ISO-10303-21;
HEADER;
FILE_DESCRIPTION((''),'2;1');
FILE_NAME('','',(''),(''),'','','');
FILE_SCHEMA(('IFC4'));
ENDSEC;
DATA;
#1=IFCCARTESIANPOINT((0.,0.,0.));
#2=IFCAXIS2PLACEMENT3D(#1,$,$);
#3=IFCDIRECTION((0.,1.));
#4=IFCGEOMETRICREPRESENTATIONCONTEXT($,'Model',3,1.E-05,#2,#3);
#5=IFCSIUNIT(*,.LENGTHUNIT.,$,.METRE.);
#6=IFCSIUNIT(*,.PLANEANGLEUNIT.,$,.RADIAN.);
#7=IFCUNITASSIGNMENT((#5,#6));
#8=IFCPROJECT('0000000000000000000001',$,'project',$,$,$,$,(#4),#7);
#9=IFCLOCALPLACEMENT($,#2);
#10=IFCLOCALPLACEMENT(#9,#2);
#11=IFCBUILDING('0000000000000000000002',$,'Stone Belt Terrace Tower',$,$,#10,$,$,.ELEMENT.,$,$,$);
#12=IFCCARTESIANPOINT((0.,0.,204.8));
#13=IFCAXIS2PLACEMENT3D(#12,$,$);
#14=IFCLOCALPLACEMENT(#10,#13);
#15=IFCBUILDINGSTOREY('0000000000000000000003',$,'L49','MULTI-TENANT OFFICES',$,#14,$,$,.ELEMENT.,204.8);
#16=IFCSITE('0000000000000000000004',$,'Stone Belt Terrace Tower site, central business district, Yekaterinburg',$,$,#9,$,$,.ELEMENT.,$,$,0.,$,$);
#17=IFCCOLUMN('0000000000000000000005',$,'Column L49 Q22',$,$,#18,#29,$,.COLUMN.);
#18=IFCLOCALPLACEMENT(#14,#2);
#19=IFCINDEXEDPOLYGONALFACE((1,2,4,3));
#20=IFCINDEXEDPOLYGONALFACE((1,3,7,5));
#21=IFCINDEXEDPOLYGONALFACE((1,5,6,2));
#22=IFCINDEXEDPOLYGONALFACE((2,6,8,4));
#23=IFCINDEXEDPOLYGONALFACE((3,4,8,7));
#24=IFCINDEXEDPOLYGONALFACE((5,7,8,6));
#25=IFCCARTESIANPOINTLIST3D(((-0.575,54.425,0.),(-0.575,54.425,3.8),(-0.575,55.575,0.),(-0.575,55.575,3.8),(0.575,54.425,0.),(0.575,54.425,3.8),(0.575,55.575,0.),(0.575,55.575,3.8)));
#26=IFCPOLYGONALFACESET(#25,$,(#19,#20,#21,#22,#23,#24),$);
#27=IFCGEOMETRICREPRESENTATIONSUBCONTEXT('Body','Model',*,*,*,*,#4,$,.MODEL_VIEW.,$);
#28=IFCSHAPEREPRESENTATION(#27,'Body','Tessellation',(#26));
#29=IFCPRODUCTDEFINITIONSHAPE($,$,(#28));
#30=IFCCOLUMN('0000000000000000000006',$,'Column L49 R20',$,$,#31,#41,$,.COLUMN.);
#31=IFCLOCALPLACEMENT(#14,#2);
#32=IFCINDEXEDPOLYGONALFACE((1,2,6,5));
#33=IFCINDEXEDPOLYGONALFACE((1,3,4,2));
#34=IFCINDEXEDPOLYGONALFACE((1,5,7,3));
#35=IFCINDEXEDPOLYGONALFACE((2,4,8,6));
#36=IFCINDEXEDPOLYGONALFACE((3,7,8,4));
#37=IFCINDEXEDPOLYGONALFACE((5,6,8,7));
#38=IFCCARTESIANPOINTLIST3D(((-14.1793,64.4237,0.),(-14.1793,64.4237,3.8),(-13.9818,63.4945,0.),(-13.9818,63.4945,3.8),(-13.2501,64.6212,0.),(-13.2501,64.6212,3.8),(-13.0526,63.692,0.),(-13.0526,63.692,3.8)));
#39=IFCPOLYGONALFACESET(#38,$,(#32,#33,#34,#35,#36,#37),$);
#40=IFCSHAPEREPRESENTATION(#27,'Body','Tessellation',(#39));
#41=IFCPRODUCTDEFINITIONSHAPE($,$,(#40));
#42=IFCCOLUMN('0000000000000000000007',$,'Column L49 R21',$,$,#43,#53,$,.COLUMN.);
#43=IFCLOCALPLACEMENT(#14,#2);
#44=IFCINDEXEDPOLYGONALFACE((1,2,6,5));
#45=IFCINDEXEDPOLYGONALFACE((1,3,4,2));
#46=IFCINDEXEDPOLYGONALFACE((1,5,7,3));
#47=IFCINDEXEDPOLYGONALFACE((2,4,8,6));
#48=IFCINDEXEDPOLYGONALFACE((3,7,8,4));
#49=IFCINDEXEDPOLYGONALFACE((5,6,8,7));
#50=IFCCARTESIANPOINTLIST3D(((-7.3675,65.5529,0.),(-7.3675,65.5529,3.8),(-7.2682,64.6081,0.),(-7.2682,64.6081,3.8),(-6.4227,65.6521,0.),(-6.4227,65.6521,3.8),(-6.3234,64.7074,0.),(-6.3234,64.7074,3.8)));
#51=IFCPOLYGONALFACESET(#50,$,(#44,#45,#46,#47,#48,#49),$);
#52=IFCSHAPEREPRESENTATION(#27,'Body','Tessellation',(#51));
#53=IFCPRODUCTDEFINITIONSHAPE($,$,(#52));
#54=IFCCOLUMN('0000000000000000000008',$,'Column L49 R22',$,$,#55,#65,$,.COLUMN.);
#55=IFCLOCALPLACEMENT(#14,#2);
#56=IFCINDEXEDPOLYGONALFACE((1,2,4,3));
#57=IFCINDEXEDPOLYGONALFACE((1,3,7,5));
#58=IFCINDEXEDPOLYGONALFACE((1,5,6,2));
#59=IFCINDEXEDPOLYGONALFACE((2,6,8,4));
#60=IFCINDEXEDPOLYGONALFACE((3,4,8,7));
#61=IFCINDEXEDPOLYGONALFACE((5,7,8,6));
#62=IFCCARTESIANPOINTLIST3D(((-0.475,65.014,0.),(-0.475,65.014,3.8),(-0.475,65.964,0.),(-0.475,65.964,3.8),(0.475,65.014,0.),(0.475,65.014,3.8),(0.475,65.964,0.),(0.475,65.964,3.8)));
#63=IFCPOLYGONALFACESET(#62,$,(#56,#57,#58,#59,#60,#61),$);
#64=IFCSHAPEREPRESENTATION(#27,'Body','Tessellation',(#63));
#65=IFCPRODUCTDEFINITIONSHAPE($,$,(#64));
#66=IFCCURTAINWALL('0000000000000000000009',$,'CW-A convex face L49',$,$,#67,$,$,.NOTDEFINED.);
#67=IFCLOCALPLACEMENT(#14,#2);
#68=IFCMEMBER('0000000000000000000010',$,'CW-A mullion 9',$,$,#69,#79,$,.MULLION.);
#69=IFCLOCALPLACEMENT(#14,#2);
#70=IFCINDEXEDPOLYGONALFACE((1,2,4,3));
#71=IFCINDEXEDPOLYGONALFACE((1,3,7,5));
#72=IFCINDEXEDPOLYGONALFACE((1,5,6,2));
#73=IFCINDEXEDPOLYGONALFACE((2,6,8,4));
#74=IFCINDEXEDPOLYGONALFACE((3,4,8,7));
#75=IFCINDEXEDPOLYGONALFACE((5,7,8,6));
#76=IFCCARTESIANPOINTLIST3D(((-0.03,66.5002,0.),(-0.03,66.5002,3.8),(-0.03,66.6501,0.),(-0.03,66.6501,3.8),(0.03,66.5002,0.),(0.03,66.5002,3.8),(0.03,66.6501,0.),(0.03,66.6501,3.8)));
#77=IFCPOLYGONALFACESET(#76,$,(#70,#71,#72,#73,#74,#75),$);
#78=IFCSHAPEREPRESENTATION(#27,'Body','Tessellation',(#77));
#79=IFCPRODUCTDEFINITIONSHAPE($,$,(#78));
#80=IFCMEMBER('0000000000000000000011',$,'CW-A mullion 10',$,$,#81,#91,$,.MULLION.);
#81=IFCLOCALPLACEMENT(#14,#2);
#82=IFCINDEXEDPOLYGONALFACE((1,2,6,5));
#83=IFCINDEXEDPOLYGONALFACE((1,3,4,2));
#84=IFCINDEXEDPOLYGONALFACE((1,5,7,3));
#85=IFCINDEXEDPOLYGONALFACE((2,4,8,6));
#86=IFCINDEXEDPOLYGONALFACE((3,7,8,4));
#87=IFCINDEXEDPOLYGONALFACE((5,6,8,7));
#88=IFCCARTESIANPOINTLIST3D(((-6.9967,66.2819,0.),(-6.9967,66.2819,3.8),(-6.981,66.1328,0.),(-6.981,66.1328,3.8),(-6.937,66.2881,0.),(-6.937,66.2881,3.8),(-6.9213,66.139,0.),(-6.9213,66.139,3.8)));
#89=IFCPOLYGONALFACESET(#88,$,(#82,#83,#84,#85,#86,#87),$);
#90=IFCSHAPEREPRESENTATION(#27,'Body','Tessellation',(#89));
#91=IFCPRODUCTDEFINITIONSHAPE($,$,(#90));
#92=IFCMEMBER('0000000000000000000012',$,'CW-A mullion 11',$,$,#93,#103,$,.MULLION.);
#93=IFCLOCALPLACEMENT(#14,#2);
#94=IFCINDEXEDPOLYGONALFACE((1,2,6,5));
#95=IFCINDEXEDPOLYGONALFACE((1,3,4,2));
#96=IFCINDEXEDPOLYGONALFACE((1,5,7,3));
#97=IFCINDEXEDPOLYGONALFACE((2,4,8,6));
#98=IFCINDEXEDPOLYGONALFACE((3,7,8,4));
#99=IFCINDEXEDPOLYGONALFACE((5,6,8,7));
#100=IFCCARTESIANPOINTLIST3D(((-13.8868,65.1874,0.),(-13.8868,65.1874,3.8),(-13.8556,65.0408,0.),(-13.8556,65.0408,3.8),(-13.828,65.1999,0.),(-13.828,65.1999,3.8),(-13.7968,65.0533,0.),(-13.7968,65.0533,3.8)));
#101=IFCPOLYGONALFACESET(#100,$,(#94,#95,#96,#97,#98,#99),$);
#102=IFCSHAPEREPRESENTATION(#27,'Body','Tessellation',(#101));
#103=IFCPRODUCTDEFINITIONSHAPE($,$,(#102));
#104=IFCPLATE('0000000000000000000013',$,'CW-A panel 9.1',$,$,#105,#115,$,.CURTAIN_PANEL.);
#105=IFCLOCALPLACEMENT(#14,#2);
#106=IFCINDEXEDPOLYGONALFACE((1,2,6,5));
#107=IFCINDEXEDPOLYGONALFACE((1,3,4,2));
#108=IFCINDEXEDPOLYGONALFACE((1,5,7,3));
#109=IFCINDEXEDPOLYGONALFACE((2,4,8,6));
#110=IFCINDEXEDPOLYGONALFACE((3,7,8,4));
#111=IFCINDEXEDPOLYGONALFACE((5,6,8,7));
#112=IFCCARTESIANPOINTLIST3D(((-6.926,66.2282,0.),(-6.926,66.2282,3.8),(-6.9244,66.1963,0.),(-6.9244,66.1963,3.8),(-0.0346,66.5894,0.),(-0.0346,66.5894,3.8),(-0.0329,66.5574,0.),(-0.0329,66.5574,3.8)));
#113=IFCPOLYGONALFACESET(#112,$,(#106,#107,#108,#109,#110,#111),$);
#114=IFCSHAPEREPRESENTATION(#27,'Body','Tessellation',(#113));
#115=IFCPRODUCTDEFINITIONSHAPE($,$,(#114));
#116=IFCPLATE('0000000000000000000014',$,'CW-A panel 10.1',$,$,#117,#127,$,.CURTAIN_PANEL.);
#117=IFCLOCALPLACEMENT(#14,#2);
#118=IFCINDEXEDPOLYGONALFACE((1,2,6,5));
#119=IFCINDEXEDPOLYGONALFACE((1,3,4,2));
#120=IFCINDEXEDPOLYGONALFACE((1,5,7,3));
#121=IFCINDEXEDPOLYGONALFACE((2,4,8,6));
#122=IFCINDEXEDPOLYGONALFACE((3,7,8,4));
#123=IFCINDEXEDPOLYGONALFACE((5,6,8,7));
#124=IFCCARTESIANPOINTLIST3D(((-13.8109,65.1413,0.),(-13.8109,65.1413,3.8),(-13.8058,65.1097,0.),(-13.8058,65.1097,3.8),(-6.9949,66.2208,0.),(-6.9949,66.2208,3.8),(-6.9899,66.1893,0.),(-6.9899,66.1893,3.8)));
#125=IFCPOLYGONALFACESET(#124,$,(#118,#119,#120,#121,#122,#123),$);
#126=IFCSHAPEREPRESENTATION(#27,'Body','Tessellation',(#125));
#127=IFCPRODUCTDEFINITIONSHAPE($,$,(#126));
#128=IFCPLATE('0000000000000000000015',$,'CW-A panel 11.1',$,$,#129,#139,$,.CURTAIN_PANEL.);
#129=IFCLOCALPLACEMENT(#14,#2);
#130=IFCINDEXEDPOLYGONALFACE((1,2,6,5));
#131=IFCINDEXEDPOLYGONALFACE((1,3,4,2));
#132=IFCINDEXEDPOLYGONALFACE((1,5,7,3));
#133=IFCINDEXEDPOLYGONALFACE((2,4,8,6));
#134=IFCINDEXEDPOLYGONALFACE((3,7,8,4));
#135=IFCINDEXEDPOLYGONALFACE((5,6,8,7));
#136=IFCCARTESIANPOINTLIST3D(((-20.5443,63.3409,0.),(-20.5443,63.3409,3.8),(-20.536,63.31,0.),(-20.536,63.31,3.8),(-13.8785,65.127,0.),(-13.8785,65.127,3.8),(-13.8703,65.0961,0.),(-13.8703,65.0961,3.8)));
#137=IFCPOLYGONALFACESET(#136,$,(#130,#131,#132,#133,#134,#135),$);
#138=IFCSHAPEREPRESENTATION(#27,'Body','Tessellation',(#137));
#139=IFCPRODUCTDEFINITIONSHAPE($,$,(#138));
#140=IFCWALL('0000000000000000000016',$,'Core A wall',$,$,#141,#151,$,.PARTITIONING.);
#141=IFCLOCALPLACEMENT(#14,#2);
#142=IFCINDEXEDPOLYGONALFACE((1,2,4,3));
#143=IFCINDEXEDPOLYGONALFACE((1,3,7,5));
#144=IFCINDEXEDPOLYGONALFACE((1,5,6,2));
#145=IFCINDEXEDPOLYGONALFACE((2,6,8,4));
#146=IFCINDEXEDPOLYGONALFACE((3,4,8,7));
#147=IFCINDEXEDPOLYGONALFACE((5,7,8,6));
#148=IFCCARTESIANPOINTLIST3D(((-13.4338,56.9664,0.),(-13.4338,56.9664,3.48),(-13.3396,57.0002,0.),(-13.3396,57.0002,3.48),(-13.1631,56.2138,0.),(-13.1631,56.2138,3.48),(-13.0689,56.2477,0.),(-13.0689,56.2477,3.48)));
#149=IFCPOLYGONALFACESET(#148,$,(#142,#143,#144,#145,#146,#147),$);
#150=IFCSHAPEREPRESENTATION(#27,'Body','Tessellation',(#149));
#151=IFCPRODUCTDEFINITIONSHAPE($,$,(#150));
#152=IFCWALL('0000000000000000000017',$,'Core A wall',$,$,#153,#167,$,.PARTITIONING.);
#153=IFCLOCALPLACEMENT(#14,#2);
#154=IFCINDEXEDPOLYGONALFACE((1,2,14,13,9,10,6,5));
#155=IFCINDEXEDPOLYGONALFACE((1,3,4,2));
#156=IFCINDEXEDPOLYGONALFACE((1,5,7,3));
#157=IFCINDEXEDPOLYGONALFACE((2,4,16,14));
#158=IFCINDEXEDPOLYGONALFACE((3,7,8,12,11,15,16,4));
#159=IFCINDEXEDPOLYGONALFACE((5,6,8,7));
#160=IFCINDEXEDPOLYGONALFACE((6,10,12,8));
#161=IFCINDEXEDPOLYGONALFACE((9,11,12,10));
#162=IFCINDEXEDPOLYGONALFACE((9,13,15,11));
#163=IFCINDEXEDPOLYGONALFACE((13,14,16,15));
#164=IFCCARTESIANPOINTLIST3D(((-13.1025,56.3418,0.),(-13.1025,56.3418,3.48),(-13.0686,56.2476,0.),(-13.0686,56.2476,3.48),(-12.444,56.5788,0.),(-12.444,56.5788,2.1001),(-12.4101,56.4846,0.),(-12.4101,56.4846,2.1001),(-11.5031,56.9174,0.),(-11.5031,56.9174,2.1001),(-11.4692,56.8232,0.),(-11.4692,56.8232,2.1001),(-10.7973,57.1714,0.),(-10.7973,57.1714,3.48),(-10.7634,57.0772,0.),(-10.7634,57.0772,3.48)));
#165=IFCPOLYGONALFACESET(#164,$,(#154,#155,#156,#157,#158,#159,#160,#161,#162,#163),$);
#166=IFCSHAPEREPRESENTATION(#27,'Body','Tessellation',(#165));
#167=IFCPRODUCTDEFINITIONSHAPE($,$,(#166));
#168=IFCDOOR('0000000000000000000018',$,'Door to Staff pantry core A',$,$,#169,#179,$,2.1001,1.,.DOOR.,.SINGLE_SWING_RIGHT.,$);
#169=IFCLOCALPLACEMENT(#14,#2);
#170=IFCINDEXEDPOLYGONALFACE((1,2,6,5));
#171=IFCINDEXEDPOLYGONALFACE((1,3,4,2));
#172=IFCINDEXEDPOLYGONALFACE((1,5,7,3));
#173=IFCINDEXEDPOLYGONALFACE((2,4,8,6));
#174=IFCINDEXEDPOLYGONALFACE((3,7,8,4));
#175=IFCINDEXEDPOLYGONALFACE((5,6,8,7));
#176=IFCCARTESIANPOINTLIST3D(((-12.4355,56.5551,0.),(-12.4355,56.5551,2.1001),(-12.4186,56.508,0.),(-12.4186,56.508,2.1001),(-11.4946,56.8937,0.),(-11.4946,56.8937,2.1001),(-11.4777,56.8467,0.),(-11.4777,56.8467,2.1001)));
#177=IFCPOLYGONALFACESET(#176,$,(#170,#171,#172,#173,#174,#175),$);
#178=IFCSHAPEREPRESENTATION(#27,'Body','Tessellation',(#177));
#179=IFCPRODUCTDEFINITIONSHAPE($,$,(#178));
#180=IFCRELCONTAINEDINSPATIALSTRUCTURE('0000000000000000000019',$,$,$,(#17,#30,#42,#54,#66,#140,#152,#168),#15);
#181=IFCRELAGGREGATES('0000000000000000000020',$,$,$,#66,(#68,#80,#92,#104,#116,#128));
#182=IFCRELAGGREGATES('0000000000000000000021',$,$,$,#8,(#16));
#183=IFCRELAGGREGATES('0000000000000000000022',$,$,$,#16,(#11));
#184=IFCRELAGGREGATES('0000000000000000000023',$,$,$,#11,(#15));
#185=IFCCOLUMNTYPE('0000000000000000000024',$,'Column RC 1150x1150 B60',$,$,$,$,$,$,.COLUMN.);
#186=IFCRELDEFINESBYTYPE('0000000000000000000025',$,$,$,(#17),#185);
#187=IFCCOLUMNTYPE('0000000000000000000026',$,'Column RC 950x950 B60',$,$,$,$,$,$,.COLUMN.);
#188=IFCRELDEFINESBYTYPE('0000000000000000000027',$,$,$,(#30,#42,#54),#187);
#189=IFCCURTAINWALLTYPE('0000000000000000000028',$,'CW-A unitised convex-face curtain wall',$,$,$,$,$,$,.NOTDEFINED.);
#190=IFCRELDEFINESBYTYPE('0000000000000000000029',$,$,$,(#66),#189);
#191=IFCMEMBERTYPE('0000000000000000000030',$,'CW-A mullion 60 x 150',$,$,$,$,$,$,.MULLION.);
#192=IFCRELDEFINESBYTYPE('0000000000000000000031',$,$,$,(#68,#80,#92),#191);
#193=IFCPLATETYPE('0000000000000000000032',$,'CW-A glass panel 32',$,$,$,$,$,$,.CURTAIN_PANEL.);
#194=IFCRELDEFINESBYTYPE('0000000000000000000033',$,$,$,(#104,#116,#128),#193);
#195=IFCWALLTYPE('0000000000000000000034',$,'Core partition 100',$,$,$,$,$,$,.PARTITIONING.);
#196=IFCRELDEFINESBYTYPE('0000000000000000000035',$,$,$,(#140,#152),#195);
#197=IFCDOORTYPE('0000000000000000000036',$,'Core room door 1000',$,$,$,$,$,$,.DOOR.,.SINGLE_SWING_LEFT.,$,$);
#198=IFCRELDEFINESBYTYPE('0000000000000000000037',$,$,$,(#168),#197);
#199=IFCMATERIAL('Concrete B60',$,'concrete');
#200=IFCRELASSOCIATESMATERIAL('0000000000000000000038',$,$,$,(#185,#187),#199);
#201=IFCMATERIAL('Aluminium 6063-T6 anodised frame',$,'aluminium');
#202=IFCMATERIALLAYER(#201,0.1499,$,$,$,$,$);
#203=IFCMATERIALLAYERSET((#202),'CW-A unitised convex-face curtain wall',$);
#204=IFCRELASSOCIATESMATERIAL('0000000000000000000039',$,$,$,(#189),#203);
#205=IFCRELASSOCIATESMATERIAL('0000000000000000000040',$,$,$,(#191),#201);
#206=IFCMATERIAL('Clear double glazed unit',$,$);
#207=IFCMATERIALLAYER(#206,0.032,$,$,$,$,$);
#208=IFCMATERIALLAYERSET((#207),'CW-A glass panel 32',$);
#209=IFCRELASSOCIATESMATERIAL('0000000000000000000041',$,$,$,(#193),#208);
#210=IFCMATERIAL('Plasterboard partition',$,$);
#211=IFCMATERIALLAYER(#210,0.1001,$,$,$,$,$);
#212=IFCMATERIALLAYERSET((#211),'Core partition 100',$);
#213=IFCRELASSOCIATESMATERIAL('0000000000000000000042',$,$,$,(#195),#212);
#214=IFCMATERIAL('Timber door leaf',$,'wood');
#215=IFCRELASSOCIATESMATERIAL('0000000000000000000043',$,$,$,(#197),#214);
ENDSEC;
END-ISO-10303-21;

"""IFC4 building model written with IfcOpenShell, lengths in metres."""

from ifc_helpers import new_model, si_unit, direction, frame, frame_2d, origin, origin_2d, place, context, subcontext, project, spatial, rectangle, extrude, material, layer, layer_set, material_profile, profile_set, type_object, element, fill, aggregate, save


model = new_model("IFC4")

# Units and contexts
model_context = context("Model", 3, precision=1e-05, world=origin(), true_north=direction((0.0, 1.0)))
body_context = subcontext(model_context, "Body", "Model", "MODEL_VIEW")
ifc_project = project(units=[si_unit("LENGTHUNIT", "METRE"), si_unit("PLANEANGLEUNIT", "RADIAN")], contexts=[model_context])

# Site, building, storey
site_placement = place(None, origin())
site = spatial("IfcSite", under=ifc_project, at=site_placement, Name="Stone Belt Terrace Tower site, central business district, Yekaterinburg", CompositionType="ELEMENT", RefElevation=0.0)
building_placement = place(site_placement, origin())
building = spatial("IfcBuilding", under=site, at=building_placement, Name="Stone Belt Terrace Tower", CompositionType="ELEMENT")
storey_placement = place(building_placement, frame((0.0, 0.0, 204.8)))
storey = spatial("IfcBuildingStorey", under=building, at=storey_placement, Name="L49", Description="MULTI-TENANT OFFICES", CompositionType="ELEMENT", Elevation=204.8)

# Columns
ifc_material_1 = material(Name="Concrete B60", Category="concrete")
ifc_material_profile_1 = material_profile(ifc_material_1, rectangle(XDim=1.1499, YDim=1.1499, at=origin_2d()), Name="RC 1150x1150")
ifc_profile_set_1 = profile_set([ifc_material_profile_1], Name="Concrete B60")
column_type_1 = type_object("IfcColumnType", Name="Column RC 1150x1150 B60", PredefinedType="COLUMN", material=ifc_profile_set_1)
column_placement = place(storey_placement, frame((0.0, 55.0, 0.0), z_axis=(0.0, 0.0, 1.0), x_axis=(1.0, 0.0, 0.0)))
element("IfcColumn", 1, at=column_placement, inside=storey, type_object=column_type_1, Name="Column L49 Q22", PredefinedType="COLUMN", context=body_context, shape_type="SweptSolid", body=[
    extrude(rectangle(XDim=1.1499, YDim=1.1499, at=origin_2d()), origin(), (0.0, 0.0, 1.0), 3.8),
])
ifc_material_profile_2 = material_profile(ifc_material_1, rectangle(XDim=0.95, YDim=0.95, at=origin_2d()), Name="RC 950x950")
ifc_profile_set_2 = profile_set([ifc_material_profile_2], Name="Concrete B60")
column_type_2 = type_object("IfcColumnType", Name="Column RC 950x950 B60", PredefinedType="COLUMN", material=ifc_profile_set_2)
for number, where, z_axis, x_axis, name in (
    (2, (-13.616, 64.0579, 0.0), (0.0, 0.0, 1.0), (0.978148, 0.207912, 0.0), "Column L49 R20"),
    (3, (-6.8455, 65.1301, 0.0), (0.0, 0.0, 1.0), (0.994522, 0.104528, 0.0), "Column L49 R21"),
    (4, (0.0, 65.489, 0.0), (0.0, 0.0, 1.0), (1.0, 0.0, 0.0), "Column L49 R22"),
):
    element("IfcColumn", number, at=place(storey_placement, frame(where, z_axis=z_axis, x_axis=x_axis)), inside=storey, type_object=column_type_2, Name=name, PredefinedType="COLUMN", context=body_context, shape_type="SweptSolid", body=[
        extrude(rectangle(XDim=0.95, YDim=0.95, at=origin_2d()), origin(), (0.0, 0.0, 1.0), 3.8),
    ])

# Curtain wall, members, plates
ifc_material_2 = material(Name="Aluminium 6063-T6 anodised frame", Category="aluminium")
ifc_layer_1 = layer(ifc_material_2, 0.1499)
ifc_layer_set_1 = layer_set([ifc_layer_1], Name="CW-A unitised convex-face curtain wall")
curtain_wall_type = type_object("IfcCurtainWallType", Name="CW-A unitised convex-face curtain wall", PredefinedType="NOTDEFINED", material=ifc_layer_set_1)
curtain_wall_placement = place(storey_placement, origin())
curtain_wall = element("IfcCurtainWall", 5, at=curtain_wall_placement, inside=storey, type_object=curtain_wall_type, Name="CW-A convex face L49", PredefinedType="NOTDEFINED")
ifc_material_profile_3 = material_profile(ifc_material_2, rectangle(XDim=0.1499, YDim=0.0601, at=origin_2d()), Name="Aluminium 6063-T6 60x150")
ifc_profile_set_3 = profile_set([ifc_material_profile_3], Name="Aluminium 6063-T6 anodised frame")
member_type = type_object("IfcMemberType", Name="CW-A mullion 60 x 150", PredefinedType="MULLION", material=ifc_profile_set_3)
member_1_placement = place(storey_placement, frame((0.0, 66.5752, 0.0), z_axis=(0.0, 0.0, 1.0), x_axis=(0.0, -1.0, 0.0)))
member_1 = element("IfcMember", 6, at=member_1_placement, type_object=member_type, Name="CW-A mullion 9", PredefinedType="MULLION", context=body_context, shape_type="SweptSolid", body=[
    extrude(rectangle(XDim=0.1499, YDim=0.0601, at=origin_2d()), origin(), (0.0, 0.0, 1.0), 3.8),
])
member_2_placement = place(storey_placement, frame((-6.959, 66.2104, 0.0), z_axis=(0.0, 0.0, 1.0), x_axis=(0.104528, -0.994522, 0.0)))
member_2 = element("IfcMember", 7, at=member_2_placement, type_object=member_type, Name="CW-A mullion 10", PredefinedType="MULLION", context=body_context, shape_type="SweptSolid", body=[
    extrude(rectangle(XDim=0.1499, YDim=0.0601, at=origin_2d()), origin(), (0.0, 0.0, 1.0), 3.8),
])
member_3_placement = place(storey_placement, frame((-13.8418, 65.1204, 0.0), z_axis=(0.0, 0.0, 1.0), x_axis=(0.207912, -0.978148, 0.0)))
member_3 = element("IfcMember", 8, at=member_3_placement, type_object=member_type, Name="CW-A mullion 11", PredefinedType="MULLION", context=body_context, shape_type="SweptSolid", body=[
    extrude(rectangle(XDim=0.1499, YDim=0.0601, at=origin_2d()), origin(), (0.0, 0.0, 1.0), 3.8),
])
ifc_material_3 = material(Name="Clear double glazed unit")
ifc_layer_2 = layer(ifc_material_3, 0.032)
ifc_layer_set_2 = layer_set([ifc_layer_2], Name="CW-A glass panel 32")
plate_type = type_object("IfcPlateType", Name="CW-A glass panel 32", PredefinedType="CURTAIN_PANEL", material=ifc_layer_set_2)
plate_1_placement = place(storey_placement, frame((-3.4795, 66.3928, 0.0), z_axis=(0.0, 0.0, 1.0), x_axis=(-0.99863, -0.052336, 0.0)))
plate_1 = element("IfcPlate", 9, at=plate_1_placement, type_object=plate_type, Name="CW-A panel 9.1", PredefinedType="CURTAIN_PANEL", context=body_context, shape_type="SweptSolid", body=[
    extrude(rectangle(XDim=6.9009, YDim=0.032, at=origin_2d()), origin(), (0.0, 0.0, 1.0), 3.8),
])
plate_2_placement = place(storey_placement, frame((-10.4004, 65.6653, 0.0), z_axis=(0.0, 0.0, 1.0), x_axis=(-0.987688, -0.156434, 0.0)))
plate_2 = element("IfcPlate", 10, at=plate_2_placement, type_object=plate_type, Name="CW-A panel 10.1", PredefinedType="CURTAIN_PANEL", context=body_context, shape_type="SweptSolid", body=[
    extrude(rectangle(XDim=6.9009, YDim=0.032, at=origin_2d()), origin(), (0.0, 0.0, 1.0), 3.8),
])
plate_3_placement = place(storey_placement, frame((-17.2073, 64.2185, 0.0), z_axis=(0.0, 0.0, 1.0), x_axis=(-0.965926, -0.258819, 0.0)))
plate_3 = element("IfcPlate", 11, at=plate_3_placement, type_object=plate_type, Name="CW-A panel 11.1", PredefinedType="CURTAIN_PANEL", context=body_context, shape_type="SweptSolid", body=[
    extrude(rectangle(XDim=6.9009, YDim=0.032, at=origin_2d()), origin(), (0.0, 0.0, 1.0), 3.8),
])
aggregate(curtain_wall, [member_1, member_2, member_3, plate_1, plate_2, plate_3])

# Wall
ifc_material_4 = material(Name="Plasterboard partition")
ifc_layer_3 = layer(ifc_material_4, 0.1001)
ifc_layer_set_3 = layer_set([ifc_layer_3], Name="Core partition 100")
wall_type_1 = type_object("IfcWallType", Name="Core partition 100", PredefinedType="PARTITIONING", material=ifc_layer_set_3)
wall_1_placement = place(storey_placement, frame((-13.116, 56.2307, 0.0), z_axis=(0.0, 0.0, 1.0), x_axis=(-0.338482, 0.940973, 0.0)))
element("IfcWall", 12, at=wall_1_placement, inside=storey, type_object=wall_type_1, Name="Core A wall", PredefinedType="PARTITIONING", context=body_context, shape_type="SweptSolid", body=[
    extrude(rectangle(XDim=0.7998, YDim=0.1001, at=frame_2d((0.3999, 0.0))), origin(), (0.0, 0.0, 1.0), 3.48),
])

# Wall, opening, door
wall_2_placement = place(storey_placement, frame((-13.0857, 56.2947, 0.0), z_axis=(0.0, 0.0, 1.0), x_axis=(0.940923, 0.338621, 0.0)))
wall_2 = element("IfcWall", 13, at=wall_2_placement, inside=storey, type_object=wall_type_1, Name="Core A wall", PredefinedType="PARTITIONING", context=body_context, shape_type="SweptSolid", body=[
    extrude(rectangle(XDim=2.45, YDim=0.1001, at=frame_2d((1.2251, 0.0))), origin(), (0.0, 0.0, 1.0), 3.48),
])
opening_1_placement = place(wall_2_placement, frame((0.7, 0.0, 0.0)))
opening_1 = element("IfcOpeningElement", 14, at=opening_1_placement, cuts=wall_2, PredefinedType="OPENING", context=body_context, shape_type="SweptSolid", body=[
    extrude(rectangle(XDim=1.0, YDim=2.1001, at=frame_2d((0.5, 1.05))), frame((0.0, 0.0601, 0.0), z_axis=(0.0, -1.0, 0.0), x_axis=(1.0, 0.0, 0.0)), (0.0, 0.0, 1.0), 0.1201),
])
ifc_material_5 = material(Name="Timber door leaf", Category="wood")
door_type_1 = type_object("IfcDoorType", Name="Core room door 1000", OperationType="SINGLE_SWING_LEFT", PredefinedType="DOOR", material=ifc_material_5)
door_1_placement = place(opening_1_placement, origin())
door_1 = element("IfcDoor", 15, at=door_1_placement, inside=storey, type_object=door_type_1, Name="Door to Staff pantry core A", OperationType="SINGLE_SWING_RIGHT", OverallHeight=2.1001, OverallWidth=1.0, PredefinedType="DOOR", context=body_context, shape_type="SweptSolid", body=[
    extrude(rectangle(XDim=1.0, YDim=2.1001, at=frame_2d((0.5, 1.05))), frame((0.0, 0.0249, 0.0), z_axis=(0.0, -1.0, 0.0), x_axis=(1.0, 0.0, 0.0)), (0.0, 0.0, 1.0), 0.05),
])
fill(opening_1, door_1)

save(model, "model.ifc")
